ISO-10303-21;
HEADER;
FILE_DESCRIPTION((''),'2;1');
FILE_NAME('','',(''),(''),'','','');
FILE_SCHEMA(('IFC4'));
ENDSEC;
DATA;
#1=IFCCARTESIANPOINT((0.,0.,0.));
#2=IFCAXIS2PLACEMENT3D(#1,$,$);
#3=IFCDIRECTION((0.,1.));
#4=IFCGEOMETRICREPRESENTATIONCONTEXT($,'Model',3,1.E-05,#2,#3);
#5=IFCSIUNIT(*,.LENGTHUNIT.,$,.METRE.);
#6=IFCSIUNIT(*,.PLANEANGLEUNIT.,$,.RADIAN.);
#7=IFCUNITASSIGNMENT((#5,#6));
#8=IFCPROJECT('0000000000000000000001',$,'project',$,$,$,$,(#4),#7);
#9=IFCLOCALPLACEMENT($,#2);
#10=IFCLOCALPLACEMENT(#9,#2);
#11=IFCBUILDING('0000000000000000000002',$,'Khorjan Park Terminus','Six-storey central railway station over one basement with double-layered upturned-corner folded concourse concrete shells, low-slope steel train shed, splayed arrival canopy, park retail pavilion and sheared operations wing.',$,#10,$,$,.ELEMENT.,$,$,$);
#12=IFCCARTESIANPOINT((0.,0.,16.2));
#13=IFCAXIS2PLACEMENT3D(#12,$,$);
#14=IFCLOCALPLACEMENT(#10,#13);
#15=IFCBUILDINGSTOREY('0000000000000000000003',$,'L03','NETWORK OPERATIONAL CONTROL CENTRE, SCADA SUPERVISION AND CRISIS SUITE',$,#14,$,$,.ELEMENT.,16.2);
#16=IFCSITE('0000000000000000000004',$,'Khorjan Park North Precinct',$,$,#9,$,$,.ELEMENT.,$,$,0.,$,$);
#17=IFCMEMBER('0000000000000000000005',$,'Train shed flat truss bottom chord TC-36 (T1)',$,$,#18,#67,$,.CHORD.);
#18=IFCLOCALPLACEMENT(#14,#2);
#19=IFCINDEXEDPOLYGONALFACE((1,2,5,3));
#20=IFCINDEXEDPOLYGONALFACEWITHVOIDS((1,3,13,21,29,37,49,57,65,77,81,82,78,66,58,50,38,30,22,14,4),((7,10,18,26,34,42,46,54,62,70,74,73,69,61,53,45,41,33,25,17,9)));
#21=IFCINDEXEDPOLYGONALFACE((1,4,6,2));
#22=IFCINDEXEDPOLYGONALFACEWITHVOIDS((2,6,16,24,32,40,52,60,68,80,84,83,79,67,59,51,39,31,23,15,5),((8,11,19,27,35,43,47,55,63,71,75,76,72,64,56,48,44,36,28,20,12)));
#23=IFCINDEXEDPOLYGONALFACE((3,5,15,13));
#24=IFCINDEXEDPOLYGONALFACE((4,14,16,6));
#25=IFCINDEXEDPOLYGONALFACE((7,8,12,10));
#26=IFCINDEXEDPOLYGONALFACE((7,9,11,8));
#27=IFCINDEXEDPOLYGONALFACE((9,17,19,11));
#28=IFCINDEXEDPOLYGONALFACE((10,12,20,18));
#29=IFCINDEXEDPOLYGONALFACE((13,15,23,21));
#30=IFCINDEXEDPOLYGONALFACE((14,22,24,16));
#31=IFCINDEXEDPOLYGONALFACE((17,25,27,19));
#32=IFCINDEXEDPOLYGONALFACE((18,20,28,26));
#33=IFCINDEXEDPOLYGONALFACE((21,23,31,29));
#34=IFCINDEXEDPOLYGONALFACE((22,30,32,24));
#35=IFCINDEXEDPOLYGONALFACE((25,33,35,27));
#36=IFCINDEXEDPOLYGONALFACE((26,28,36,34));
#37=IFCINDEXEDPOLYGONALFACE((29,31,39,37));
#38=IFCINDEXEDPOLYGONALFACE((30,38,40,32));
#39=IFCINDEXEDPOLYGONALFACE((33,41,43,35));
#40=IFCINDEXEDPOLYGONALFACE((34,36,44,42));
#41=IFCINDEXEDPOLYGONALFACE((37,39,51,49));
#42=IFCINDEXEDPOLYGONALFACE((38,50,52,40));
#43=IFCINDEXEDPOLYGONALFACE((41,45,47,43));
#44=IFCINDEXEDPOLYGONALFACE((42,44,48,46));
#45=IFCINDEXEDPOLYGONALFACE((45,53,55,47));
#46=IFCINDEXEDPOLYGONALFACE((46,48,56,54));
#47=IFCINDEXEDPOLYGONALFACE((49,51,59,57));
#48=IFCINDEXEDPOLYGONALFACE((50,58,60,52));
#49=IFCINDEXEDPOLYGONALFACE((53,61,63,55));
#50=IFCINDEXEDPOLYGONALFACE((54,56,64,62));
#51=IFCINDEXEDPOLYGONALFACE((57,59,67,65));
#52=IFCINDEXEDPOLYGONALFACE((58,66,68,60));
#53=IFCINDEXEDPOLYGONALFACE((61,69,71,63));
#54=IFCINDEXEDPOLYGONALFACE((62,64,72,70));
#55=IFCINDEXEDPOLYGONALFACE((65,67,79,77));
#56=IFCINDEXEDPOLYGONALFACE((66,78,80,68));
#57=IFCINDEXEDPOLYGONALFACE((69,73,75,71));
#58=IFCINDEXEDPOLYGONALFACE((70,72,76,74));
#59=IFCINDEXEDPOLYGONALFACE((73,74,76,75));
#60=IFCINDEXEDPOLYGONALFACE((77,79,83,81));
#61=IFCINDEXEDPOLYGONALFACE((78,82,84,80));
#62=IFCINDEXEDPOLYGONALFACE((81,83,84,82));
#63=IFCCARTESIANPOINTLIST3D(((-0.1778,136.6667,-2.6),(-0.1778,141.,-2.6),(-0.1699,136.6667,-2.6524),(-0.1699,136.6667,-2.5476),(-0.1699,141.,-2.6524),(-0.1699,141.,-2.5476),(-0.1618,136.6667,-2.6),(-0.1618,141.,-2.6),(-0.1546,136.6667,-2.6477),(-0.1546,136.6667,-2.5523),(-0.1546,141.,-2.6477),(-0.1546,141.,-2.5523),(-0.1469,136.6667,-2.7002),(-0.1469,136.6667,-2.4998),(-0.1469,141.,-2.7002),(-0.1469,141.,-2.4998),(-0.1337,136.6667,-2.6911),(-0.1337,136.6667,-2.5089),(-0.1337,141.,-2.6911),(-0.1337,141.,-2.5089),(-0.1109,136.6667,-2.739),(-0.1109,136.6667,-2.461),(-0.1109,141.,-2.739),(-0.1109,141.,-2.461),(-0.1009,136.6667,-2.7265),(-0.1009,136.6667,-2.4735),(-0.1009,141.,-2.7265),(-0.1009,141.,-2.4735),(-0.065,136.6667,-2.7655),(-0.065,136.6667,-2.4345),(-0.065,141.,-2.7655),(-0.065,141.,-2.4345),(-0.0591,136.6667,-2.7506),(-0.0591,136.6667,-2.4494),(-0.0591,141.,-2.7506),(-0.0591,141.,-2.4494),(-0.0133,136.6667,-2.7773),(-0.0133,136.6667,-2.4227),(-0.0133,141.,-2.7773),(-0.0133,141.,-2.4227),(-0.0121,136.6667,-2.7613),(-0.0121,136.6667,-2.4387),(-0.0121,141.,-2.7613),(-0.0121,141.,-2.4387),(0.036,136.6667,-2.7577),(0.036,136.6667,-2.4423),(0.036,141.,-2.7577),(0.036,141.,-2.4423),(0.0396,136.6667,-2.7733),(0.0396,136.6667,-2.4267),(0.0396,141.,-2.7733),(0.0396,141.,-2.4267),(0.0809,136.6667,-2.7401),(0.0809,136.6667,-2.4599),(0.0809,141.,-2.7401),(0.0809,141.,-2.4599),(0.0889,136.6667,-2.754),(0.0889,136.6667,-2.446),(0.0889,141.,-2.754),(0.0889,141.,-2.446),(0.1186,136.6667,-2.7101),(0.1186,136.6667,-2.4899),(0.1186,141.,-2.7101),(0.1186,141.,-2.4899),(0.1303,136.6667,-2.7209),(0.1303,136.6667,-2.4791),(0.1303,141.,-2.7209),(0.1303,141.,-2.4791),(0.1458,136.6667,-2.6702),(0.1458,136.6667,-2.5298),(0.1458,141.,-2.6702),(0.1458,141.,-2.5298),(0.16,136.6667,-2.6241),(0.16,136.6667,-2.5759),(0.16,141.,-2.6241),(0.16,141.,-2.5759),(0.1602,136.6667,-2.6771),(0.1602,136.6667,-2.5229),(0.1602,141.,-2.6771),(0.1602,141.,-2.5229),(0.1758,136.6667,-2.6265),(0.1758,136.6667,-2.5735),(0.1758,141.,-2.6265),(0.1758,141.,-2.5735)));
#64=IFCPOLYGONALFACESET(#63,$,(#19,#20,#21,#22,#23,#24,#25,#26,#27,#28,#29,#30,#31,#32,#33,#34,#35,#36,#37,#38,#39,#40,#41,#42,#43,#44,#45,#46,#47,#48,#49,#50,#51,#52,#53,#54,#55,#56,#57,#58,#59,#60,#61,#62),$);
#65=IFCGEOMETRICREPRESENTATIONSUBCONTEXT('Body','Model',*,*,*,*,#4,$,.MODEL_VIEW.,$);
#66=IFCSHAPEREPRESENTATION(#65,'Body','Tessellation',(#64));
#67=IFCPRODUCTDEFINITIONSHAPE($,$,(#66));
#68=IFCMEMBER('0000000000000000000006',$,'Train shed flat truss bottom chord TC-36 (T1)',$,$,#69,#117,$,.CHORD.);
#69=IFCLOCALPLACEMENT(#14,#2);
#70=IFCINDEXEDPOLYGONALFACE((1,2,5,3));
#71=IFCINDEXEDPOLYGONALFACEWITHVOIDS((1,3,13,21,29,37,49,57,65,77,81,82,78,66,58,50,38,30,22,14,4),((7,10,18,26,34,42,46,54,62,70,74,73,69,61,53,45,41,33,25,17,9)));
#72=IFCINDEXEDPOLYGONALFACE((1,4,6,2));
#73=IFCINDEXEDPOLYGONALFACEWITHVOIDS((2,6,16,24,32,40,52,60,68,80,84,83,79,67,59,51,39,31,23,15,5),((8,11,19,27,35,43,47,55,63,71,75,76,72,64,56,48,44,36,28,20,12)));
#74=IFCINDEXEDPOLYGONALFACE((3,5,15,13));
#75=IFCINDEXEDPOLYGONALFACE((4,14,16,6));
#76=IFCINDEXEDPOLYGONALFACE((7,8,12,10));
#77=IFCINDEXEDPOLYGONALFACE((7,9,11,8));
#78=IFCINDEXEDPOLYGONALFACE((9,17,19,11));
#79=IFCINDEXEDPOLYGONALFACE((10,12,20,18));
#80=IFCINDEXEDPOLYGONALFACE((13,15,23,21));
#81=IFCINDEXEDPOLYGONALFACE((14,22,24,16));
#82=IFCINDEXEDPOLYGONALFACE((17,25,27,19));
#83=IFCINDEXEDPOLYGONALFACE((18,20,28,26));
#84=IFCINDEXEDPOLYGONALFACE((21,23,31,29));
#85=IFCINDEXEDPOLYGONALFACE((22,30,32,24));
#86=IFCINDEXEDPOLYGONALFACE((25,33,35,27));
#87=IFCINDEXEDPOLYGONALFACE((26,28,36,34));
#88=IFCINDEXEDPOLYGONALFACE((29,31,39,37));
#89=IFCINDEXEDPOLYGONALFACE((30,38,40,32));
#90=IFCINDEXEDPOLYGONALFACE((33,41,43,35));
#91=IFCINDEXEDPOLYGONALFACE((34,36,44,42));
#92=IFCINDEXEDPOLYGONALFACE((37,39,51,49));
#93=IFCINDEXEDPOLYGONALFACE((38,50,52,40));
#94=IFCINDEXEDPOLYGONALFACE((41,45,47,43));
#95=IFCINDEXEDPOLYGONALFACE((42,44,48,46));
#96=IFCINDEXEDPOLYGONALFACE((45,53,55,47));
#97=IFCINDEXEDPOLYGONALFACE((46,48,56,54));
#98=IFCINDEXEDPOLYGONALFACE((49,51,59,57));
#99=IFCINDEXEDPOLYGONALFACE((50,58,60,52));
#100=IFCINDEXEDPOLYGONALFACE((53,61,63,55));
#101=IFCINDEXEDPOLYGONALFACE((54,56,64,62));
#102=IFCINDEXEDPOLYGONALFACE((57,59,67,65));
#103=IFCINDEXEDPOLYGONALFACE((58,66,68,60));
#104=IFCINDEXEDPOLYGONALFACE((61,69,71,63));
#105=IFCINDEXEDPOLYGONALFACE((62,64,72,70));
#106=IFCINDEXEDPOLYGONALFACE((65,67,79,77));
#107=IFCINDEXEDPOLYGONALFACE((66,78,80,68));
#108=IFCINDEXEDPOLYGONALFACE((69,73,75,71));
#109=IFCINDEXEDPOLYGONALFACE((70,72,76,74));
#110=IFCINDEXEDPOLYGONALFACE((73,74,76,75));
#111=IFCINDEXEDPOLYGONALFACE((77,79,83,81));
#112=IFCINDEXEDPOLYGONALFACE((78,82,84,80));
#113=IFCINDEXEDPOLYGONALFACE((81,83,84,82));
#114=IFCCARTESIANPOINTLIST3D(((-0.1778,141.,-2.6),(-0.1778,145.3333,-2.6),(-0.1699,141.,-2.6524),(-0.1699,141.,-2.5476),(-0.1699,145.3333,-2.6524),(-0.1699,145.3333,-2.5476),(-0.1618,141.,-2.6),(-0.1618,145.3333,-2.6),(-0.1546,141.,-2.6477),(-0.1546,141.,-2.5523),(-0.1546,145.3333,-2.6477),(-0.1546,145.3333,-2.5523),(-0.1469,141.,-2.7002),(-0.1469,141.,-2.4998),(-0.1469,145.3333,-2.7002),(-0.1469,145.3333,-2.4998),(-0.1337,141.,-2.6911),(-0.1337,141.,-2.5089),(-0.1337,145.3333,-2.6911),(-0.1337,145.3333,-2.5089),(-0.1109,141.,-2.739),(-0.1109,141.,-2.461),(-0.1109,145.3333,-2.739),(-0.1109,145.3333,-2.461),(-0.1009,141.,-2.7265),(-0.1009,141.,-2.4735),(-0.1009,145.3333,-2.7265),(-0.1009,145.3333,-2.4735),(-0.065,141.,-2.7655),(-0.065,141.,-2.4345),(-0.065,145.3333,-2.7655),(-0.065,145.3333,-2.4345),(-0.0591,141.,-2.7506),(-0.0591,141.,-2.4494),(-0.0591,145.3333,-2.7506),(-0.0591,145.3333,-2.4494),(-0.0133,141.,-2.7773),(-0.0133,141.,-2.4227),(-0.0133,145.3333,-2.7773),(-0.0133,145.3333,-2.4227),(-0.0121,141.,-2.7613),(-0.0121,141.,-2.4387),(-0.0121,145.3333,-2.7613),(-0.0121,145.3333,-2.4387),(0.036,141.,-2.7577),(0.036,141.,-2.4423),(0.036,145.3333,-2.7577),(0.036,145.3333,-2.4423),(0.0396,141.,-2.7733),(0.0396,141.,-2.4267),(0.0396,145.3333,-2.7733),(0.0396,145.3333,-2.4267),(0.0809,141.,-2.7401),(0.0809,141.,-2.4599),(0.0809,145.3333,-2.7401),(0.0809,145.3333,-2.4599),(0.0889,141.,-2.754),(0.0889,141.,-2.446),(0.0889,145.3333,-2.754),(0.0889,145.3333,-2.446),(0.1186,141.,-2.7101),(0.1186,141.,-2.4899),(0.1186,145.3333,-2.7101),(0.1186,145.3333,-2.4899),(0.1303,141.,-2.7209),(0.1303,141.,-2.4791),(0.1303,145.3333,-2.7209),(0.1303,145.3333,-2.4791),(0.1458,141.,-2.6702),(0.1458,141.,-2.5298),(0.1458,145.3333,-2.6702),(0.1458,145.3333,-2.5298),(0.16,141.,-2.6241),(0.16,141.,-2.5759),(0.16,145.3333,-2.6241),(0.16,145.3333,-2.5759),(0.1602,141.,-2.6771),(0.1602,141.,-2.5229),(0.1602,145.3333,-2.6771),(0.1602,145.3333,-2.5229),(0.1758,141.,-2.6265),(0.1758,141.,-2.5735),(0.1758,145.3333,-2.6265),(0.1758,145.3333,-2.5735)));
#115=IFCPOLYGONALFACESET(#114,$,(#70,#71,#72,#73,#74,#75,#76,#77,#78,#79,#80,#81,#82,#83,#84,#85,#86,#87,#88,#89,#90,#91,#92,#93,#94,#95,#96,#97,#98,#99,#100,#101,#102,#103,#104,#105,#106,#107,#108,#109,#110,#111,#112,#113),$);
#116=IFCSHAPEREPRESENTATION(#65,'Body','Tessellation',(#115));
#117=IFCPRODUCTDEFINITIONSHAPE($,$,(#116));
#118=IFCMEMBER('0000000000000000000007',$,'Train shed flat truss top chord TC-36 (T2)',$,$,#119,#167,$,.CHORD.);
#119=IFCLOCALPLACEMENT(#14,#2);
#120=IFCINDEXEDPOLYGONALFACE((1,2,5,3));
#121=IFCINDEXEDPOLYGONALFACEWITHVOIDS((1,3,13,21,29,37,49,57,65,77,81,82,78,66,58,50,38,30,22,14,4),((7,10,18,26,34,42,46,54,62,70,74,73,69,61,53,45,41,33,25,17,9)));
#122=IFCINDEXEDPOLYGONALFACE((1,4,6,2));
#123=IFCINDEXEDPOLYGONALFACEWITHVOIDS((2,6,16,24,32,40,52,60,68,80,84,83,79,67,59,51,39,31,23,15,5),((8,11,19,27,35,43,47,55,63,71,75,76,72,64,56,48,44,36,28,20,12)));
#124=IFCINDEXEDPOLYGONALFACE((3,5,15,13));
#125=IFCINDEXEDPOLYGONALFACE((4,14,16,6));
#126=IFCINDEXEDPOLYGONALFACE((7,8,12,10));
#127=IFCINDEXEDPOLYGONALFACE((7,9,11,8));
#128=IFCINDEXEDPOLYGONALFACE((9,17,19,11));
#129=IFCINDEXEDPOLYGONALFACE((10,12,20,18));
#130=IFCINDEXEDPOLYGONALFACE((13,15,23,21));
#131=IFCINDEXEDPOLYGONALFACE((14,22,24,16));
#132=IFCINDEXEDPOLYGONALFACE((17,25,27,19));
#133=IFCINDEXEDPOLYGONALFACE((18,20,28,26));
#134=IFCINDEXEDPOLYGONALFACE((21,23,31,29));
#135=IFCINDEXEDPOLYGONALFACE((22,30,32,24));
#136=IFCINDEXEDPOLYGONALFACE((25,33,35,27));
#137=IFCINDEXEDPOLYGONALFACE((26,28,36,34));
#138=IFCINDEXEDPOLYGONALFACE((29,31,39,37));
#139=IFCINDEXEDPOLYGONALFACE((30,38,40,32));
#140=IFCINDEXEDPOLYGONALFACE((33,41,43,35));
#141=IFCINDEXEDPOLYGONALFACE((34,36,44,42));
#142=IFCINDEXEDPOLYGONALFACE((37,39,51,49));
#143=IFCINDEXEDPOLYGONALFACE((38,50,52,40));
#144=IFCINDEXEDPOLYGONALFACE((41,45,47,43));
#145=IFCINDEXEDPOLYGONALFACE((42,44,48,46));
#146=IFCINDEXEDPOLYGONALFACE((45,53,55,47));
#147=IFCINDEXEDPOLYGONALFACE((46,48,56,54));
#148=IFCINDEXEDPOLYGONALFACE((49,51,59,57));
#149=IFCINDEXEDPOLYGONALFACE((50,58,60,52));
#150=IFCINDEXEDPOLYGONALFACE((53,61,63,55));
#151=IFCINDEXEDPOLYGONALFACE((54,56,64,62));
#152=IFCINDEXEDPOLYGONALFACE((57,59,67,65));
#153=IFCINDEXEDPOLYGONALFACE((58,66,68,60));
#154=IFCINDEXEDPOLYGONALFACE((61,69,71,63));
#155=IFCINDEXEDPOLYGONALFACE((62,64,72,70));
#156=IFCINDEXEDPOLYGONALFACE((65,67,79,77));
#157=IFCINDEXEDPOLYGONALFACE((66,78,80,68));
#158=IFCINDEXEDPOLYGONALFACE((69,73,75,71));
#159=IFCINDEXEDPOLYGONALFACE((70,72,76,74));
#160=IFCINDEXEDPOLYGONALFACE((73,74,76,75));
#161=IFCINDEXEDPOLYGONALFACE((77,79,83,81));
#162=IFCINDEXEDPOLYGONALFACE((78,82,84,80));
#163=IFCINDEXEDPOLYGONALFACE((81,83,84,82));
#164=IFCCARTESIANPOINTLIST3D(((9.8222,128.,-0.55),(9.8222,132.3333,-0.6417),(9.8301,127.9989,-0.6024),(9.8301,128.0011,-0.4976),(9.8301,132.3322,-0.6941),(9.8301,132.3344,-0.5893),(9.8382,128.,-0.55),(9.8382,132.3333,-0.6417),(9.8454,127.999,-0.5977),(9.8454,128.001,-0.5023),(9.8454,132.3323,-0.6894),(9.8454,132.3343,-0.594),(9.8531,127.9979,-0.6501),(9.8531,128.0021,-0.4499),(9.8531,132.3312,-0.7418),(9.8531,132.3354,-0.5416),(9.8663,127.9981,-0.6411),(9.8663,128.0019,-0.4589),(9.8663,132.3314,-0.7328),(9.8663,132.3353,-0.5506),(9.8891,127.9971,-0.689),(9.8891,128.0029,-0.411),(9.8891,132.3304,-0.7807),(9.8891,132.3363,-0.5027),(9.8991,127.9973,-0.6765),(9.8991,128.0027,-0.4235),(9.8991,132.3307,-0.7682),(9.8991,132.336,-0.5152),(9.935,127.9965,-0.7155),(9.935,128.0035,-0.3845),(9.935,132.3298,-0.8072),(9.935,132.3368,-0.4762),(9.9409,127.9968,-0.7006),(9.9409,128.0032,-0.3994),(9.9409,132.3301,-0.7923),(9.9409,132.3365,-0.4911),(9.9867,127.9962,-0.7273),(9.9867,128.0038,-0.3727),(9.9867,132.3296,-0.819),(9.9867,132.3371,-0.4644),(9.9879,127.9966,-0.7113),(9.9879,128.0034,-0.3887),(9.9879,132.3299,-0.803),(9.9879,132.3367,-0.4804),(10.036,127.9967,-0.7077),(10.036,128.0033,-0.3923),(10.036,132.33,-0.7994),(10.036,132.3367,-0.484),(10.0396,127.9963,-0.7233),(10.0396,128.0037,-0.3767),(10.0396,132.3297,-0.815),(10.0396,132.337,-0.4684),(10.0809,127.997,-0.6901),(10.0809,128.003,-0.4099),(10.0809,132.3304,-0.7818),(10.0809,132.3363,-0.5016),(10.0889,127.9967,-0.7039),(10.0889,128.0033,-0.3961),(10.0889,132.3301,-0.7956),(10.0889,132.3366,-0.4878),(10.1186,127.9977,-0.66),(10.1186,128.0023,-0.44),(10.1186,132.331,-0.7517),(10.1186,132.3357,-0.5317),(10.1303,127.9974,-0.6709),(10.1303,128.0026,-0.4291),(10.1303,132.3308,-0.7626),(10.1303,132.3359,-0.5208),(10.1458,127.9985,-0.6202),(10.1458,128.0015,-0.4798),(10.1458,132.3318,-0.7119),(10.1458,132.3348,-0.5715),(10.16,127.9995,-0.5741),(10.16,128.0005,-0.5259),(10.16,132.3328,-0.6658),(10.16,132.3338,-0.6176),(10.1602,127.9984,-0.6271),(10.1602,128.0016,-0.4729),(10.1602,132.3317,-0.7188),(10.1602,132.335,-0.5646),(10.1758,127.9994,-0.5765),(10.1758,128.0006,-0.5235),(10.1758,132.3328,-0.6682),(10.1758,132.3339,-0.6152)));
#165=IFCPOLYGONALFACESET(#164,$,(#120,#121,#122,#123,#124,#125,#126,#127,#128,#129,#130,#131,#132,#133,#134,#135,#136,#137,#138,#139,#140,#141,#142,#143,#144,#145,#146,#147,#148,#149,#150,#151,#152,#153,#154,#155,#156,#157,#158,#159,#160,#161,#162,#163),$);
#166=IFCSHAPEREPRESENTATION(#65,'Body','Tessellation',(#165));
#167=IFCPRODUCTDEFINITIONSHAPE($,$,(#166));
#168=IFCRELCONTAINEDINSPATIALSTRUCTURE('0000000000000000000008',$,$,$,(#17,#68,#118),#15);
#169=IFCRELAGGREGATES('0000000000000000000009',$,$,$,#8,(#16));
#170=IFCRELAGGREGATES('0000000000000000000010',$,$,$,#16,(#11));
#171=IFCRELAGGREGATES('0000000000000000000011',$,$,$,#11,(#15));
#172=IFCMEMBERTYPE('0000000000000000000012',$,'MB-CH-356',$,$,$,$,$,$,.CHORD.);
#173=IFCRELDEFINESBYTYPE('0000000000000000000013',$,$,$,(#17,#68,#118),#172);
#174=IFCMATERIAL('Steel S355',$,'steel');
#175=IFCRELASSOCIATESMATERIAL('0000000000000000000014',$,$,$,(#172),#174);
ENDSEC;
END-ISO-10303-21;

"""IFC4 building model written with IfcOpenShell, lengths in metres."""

from ifc_helpers import new_model, si_unit, direction, frame, origin, origin_2d, place, context, subcontext, project, spatial, hollow_circle, extrude, material, material_profile, profile_set, type_object, element, save


model = new_model("IFC4")

# Units and contexts
model_context = context("Model", 3, precision=1e-05, world=origin(), true_north=direction((0.0, 1.0)))
body_context = subcontext(model_context, "Body", "Model", "MODEL_VIEW")
ifc_project = project(units=[si_unit("LENGTHUNIT", "METRE"), si_unit("PLANEANGLEUNIT", "RADIAN")], contexts=[model_context])

# Site, building, storey
site_placement = place(None, origin())
site = spatial("IfcSite", under=ifc_project, at=site_placement, Name="Khorjan Park North Precinct", CompositionType="ELEMENT", RefElevation=0.0)
building_placement = place(site_placement, origin())
building = spatial("IfcBuilding", under=site, at=building_placement, Name="Khorjan Park Terminus", Description="Six-storey central railway station over one basement with double-layered upturned-corner folded concourse concrete shells, low-slope steel train shed, splayed arrival canopy, park retail pavilion and sheared operations wing.", CompositionType="ELEMENT")
storey_placement = place(building_placement, frame((0.0, 0.0, 16.2)))
storey = spatial("IfcBuildingStorey", under=building, at=storey_placement, Name="L03", Description="NETWORK OPERATIONAL CONTROL CENTRE, SCADA SUPERVISION AND CRISIS SUITE", CompositionType="ELEMENT", Elevation=16.2)

# Members
ifc_material_1 = material(Name="Steel S355", Category="steel")
ifc_material_profile_1 = material_profile(ifc_material_1, hollow_circle(Radius=0.1778, WallThickness=0.016, at=origin_2d()), Name="CHS 355.6x16")
ifc_profile_set_1 = profile_set([ifc_material_profile_1], Name="Steel S355")
member_type_1 = type_object("IfcMemberType", Name="MB-CH-356", PredefinedType="CHORD", material=ifc_profile_set_1)
for number, where, z_axis, x_axis, name in (
    (1, (0.0, 136.6667, -2.6), (0.0, 1.0, 0.0), (-1.0, 0.0, 0.0), "Train shed flat truss bottom chord TC-36 (T1)"),
    (2, (0.0, 141.0, -2.6), (0.0, 1.0, 0.0), (-1.0, 0.0, 0.0), "Train shed flat truss bottom chord TC-36 (T1)"),
):
    element("IfcMember", number, at=place(storey_placement, frame(where, z_axis=z_axis, x_axis=x_axis)), inside=storey, type_object=member_type_1, Name=name, PredefinedType="CHORD", context=body_context, shape_type="SweptSolid", body=[
        extrude(hollow_circle(Radius=0.1778, WallThickness=0.016, at=origin_2d()), origin(), (0.0, 0.0, 1.0), 4.3333),
    ])
member_1_placement = place(storey_placement, frame((10.0, 128.0, -0.55), z_axis=(0.0, 0.999776, -0.021157), x_axis=(-1.0, 0.0, 0.0)))
element("IfcMember", 3, at=member_1_placement, inside=storey, type_object=member_type_1, Name="Train shed flat truss top chord TC-36 (T2)", PredefinedType="CHORD", context=body_context, shape_type="SweptSolid", body=[
    extrude(hollow_circle(Radius=0.1778, WallThickness=0.016, at=origin_2d()), origin(), (0.0, 0.0, 1.0), 4.3343),
])

save(model, "model.ifc")
